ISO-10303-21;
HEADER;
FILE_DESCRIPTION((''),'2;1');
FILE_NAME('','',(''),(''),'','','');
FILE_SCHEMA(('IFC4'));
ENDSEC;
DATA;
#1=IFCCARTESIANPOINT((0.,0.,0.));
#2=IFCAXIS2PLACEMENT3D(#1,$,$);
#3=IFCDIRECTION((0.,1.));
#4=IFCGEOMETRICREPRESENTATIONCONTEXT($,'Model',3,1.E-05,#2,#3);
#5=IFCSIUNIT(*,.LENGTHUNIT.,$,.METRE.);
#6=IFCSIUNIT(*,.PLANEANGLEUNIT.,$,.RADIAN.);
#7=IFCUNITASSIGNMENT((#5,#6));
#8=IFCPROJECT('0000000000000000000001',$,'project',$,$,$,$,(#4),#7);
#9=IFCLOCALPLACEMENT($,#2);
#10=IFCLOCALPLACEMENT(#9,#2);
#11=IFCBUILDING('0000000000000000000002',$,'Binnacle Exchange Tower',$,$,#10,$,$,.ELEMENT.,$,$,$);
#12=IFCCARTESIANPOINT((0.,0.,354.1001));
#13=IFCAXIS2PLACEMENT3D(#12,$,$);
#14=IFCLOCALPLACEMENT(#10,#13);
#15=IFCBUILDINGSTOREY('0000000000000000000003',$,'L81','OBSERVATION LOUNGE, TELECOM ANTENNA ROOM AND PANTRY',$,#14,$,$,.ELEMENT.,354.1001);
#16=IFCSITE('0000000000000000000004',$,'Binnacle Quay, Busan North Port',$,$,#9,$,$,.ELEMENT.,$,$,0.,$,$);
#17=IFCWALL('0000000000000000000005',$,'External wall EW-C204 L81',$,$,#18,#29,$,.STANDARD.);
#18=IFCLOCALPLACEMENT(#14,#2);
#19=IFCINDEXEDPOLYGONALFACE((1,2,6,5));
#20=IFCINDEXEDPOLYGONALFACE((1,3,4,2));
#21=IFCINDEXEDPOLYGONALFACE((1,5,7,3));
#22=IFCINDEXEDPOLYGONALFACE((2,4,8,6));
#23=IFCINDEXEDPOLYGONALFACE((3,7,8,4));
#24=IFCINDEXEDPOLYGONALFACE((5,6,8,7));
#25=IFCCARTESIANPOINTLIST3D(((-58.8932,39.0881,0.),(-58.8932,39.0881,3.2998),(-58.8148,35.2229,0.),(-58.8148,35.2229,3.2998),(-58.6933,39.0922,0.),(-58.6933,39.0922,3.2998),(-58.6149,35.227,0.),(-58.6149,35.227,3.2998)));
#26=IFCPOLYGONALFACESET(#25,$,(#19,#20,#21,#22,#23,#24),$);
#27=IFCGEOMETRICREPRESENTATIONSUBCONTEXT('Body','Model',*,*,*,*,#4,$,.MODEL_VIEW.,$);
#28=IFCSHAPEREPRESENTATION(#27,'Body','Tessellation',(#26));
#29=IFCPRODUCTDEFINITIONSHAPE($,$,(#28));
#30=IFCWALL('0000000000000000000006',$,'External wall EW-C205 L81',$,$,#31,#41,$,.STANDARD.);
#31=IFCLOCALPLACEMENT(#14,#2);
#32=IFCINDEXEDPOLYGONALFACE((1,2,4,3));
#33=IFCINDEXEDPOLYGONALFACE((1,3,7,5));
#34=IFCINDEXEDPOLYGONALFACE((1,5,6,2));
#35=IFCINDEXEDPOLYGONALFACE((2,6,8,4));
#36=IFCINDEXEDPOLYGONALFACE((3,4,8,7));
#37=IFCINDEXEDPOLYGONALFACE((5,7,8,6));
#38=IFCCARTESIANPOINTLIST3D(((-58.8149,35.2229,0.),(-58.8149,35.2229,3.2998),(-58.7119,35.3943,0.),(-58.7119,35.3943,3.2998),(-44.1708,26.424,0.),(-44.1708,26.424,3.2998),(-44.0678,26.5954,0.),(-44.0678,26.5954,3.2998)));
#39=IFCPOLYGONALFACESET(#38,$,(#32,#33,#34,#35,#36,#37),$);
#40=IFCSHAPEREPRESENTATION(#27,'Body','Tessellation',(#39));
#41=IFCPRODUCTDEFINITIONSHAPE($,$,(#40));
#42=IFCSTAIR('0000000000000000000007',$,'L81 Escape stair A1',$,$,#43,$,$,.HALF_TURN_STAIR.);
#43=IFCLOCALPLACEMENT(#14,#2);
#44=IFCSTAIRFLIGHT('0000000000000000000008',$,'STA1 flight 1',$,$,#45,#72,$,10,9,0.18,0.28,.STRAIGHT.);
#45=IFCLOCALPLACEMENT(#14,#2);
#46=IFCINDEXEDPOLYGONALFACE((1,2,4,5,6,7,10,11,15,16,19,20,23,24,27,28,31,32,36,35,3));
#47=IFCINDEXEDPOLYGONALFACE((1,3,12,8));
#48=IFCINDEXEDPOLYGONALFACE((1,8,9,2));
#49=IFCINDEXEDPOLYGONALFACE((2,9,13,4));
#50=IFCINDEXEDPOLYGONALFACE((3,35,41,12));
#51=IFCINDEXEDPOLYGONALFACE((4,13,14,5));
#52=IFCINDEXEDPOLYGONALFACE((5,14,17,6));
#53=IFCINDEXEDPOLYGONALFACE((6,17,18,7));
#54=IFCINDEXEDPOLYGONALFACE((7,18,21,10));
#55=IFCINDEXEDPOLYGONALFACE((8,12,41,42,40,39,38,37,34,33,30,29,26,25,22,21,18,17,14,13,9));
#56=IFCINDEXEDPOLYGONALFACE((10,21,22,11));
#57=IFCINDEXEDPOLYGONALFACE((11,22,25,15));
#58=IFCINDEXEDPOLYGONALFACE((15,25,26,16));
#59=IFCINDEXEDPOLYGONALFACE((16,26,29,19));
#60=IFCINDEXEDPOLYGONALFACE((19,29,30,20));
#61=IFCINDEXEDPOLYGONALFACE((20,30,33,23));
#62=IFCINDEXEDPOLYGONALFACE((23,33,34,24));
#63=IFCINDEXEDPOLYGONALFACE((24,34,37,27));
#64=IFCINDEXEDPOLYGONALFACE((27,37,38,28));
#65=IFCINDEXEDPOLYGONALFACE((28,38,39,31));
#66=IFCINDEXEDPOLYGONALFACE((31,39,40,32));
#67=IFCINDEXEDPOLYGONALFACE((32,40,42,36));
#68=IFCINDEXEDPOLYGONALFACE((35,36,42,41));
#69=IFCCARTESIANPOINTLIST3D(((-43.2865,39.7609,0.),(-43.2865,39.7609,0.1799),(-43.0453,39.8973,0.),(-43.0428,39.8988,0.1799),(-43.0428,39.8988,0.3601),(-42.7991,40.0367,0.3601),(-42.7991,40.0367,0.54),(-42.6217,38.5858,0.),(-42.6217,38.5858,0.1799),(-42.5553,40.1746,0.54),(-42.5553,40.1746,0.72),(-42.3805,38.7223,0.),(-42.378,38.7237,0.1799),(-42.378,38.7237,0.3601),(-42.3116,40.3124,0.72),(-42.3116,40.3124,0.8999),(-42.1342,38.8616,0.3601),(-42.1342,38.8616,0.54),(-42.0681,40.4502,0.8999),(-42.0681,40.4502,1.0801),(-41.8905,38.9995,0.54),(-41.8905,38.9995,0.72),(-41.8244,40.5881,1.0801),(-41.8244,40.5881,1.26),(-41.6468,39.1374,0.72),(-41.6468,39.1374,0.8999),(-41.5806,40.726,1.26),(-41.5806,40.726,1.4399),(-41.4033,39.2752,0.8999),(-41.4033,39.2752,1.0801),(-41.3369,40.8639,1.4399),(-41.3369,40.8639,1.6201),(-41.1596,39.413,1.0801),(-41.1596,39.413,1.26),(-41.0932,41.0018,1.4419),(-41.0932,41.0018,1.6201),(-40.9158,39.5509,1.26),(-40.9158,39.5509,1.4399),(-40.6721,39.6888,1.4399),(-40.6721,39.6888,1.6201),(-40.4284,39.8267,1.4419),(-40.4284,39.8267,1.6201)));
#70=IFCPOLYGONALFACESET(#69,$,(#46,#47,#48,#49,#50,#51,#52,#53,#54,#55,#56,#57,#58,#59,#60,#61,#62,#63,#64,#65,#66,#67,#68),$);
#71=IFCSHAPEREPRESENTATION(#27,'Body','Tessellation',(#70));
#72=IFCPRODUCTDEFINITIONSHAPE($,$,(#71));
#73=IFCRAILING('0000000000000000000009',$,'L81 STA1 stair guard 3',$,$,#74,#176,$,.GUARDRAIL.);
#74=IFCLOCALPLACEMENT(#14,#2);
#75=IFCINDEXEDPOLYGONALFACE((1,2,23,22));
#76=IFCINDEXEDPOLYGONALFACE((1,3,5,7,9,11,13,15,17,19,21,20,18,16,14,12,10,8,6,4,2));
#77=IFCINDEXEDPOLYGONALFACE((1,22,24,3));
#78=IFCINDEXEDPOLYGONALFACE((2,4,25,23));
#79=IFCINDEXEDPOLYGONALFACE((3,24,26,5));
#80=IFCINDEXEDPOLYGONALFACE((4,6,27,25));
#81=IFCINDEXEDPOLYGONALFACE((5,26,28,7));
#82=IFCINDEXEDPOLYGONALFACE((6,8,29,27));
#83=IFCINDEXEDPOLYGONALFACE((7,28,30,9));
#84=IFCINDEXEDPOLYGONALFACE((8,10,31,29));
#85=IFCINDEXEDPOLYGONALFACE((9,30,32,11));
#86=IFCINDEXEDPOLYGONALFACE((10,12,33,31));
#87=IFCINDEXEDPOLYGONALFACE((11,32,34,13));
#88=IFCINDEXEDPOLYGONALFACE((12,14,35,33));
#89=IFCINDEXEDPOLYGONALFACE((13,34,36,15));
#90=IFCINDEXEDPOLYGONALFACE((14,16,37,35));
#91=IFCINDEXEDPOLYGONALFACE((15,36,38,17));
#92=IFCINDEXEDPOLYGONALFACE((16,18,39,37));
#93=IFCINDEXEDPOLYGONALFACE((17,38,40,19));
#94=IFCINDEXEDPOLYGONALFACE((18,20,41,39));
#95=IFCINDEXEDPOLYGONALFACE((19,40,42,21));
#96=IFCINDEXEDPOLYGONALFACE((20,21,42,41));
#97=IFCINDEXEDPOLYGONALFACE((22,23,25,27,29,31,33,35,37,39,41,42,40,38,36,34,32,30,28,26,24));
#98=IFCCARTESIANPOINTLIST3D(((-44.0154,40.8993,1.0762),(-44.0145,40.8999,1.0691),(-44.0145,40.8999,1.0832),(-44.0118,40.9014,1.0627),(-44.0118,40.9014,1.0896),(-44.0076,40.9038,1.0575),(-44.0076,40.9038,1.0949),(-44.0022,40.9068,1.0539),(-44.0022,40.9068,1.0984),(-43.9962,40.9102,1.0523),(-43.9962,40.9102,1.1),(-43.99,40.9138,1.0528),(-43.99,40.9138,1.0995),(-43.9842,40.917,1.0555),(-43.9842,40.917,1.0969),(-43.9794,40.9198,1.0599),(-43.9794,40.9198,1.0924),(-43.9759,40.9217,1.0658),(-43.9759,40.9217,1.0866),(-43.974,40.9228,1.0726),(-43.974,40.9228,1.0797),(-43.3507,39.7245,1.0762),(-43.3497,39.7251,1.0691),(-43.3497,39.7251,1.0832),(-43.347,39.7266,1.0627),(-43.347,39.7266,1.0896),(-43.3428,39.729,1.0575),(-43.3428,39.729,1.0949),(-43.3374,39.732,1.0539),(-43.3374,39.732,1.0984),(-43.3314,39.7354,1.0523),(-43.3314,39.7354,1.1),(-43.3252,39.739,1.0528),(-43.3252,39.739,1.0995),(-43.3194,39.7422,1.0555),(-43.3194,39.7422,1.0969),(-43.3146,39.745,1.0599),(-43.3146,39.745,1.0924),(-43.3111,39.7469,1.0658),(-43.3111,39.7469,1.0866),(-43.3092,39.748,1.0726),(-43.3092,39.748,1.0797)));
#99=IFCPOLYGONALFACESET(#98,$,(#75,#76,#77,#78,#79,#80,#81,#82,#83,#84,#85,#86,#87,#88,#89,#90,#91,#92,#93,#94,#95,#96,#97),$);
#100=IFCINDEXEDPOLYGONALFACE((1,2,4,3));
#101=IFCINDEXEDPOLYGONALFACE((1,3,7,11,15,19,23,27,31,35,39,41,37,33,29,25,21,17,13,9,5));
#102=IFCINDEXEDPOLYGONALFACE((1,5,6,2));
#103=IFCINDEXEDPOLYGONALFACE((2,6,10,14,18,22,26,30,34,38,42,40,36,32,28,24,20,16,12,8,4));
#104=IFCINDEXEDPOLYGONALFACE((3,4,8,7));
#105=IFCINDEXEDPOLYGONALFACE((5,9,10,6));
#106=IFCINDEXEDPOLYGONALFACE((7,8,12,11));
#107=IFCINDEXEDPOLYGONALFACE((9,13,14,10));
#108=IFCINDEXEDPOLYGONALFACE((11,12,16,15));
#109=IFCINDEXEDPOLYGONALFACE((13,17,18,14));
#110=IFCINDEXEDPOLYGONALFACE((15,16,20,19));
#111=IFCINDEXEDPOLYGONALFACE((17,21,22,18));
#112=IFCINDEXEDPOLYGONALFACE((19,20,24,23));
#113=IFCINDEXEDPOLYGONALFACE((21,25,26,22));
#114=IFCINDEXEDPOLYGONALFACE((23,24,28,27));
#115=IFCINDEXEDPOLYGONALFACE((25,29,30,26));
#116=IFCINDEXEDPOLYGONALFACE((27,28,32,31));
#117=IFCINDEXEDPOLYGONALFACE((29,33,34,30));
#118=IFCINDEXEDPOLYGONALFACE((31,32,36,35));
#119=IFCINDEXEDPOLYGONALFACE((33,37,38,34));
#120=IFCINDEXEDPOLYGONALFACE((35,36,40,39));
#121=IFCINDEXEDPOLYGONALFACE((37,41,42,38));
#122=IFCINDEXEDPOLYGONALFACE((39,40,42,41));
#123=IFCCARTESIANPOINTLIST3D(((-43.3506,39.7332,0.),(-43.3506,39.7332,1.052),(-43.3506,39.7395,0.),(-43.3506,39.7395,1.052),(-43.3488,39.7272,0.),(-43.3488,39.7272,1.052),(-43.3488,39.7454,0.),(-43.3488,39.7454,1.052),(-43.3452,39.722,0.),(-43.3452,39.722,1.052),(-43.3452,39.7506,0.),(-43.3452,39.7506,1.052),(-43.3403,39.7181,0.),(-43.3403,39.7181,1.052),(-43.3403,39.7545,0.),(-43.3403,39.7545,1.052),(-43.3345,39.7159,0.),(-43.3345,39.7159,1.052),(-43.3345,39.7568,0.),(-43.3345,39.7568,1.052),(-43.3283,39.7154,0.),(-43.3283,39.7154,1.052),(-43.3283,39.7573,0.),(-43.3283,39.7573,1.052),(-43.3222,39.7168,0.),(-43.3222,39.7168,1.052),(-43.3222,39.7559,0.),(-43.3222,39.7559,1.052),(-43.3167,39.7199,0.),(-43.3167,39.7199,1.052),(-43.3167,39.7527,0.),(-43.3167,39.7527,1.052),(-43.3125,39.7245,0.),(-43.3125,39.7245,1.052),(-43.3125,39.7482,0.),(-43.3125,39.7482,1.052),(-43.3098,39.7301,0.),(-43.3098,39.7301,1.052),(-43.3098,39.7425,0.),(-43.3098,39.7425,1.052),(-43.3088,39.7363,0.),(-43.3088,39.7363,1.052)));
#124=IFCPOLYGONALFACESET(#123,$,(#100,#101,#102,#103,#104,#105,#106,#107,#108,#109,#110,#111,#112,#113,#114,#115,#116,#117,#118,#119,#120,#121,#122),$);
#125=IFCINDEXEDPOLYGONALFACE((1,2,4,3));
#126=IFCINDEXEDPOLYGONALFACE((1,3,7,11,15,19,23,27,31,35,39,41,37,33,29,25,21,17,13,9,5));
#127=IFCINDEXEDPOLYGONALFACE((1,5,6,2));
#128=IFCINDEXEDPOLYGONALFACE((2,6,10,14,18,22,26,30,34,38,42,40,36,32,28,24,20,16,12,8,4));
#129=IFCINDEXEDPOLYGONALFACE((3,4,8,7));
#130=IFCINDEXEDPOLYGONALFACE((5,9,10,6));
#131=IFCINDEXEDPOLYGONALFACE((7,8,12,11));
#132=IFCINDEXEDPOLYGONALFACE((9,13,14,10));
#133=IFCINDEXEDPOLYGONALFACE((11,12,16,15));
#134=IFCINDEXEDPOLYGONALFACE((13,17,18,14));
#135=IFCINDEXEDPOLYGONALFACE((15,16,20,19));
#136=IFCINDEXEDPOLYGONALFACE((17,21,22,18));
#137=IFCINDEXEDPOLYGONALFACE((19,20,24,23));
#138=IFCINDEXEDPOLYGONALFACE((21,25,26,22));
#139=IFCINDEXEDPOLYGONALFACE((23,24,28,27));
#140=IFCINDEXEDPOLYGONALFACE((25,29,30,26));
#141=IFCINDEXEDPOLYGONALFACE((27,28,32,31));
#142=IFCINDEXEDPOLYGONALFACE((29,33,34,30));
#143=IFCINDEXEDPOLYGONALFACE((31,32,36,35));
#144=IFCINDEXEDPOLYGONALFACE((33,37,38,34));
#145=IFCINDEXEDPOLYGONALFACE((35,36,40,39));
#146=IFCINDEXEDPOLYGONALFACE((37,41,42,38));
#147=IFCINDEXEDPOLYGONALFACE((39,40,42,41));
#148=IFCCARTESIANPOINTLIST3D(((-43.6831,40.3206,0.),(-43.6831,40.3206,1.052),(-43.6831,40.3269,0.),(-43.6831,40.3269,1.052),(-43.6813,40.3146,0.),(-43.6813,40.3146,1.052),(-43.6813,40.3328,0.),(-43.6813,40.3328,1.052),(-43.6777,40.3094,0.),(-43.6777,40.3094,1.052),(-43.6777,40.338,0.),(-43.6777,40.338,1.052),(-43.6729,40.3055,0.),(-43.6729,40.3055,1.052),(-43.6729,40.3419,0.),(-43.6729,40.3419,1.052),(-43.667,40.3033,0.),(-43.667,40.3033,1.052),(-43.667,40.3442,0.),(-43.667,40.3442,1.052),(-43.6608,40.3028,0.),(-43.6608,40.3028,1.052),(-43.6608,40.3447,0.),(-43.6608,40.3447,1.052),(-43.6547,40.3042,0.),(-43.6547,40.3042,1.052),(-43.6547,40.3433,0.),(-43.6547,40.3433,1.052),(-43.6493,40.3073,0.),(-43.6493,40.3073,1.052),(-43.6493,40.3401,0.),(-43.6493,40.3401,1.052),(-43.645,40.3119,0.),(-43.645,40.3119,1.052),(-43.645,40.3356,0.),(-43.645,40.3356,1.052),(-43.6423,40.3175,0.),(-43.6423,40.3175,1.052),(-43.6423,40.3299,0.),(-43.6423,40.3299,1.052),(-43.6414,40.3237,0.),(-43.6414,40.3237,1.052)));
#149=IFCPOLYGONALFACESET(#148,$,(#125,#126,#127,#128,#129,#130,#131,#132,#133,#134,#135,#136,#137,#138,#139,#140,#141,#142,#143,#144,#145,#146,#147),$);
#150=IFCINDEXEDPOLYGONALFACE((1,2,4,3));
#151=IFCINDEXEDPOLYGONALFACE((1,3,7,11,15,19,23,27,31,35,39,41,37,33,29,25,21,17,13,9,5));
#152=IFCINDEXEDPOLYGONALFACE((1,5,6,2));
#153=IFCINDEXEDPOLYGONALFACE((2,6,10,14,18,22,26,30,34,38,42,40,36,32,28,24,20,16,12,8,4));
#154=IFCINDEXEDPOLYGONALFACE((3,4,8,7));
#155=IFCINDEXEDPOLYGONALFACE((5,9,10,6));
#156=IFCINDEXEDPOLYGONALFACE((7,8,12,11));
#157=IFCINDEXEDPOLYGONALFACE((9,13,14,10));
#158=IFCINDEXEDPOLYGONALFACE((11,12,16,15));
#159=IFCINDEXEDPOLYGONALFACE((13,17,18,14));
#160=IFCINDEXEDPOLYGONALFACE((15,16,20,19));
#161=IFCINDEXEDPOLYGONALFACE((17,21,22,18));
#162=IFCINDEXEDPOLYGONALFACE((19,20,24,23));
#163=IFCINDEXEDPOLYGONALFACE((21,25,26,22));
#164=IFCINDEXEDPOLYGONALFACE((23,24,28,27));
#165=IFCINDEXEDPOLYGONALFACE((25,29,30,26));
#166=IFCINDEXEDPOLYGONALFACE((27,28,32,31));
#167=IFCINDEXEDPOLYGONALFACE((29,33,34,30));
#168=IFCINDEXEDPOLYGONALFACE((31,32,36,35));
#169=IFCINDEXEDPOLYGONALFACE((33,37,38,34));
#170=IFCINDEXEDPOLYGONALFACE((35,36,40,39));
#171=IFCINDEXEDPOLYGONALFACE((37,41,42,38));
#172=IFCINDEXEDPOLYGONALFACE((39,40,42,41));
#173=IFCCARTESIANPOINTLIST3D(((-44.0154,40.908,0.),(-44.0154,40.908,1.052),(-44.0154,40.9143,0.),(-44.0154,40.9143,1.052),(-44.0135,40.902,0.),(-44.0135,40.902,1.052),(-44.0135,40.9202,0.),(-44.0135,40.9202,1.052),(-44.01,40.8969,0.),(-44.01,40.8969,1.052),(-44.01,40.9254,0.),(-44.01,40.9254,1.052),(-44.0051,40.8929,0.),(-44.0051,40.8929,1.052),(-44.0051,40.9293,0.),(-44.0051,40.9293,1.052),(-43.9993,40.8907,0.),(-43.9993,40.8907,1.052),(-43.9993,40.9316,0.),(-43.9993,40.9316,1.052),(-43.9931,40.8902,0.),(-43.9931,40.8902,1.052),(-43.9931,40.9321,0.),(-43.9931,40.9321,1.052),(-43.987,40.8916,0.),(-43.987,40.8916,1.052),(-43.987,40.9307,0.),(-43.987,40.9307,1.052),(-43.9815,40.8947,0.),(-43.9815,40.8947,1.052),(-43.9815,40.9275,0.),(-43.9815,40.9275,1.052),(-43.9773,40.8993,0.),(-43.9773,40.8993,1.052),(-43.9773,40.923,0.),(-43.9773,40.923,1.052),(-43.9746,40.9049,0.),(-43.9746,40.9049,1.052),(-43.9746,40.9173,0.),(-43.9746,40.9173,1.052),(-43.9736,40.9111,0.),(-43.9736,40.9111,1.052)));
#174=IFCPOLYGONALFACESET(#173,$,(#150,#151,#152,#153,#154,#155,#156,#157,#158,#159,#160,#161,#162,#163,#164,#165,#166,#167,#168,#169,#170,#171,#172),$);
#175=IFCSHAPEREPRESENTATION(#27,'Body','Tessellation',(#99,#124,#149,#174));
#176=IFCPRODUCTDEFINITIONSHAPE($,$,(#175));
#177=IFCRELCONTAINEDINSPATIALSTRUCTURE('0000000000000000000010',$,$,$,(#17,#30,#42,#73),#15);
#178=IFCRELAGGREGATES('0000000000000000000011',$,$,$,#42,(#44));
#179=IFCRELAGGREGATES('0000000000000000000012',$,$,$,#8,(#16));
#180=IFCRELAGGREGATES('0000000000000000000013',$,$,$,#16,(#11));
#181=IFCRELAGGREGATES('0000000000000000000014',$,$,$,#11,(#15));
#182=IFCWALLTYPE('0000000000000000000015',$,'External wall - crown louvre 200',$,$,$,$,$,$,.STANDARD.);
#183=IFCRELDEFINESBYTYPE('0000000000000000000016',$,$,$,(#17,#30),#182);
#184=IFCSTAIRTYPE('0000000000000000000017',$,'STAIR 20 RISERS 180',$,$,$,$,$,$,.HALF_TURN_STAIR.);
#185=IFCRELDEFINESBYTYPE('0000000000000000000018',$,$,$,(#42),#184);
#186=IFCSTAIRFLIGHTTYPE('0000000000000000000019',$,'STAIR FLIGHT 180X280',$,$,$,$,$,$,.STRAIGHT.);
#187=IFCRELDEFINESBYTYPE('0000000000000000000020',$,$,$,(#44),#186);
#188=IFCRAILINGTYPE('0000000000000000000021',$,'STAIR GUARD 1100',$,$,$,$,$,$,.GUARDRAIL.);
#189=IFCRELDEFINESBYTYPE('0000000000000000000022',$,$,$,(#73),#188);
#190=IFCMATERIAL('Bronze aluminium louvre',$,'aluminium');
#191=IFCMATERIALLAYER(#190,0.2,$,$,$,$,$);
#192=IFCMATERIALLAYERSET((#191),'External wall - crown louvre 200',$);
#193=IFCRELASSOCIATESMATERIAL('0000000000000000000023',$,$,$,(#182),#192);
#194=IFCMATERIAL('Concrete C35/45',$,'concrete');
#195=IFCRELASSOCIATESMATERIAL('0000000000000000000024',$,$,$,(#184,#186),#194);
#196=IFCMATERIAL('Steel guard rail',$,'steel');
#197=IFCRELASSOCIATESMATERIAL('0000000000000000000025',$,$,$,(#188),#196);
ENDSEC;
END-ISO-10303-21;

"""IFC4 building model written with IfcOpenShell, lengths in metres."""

from ifc_helpers import new_model, si_unit, direction, frame, frame_2d, origin, origin_2d, place, context, subcontext, project, spatial, polyline, rectangle, circle, outline, extrude, material, layer, layer_set, type_object, element, aggregate, save


model = new_model("IFC4")

# Units and contexts
model_context = context("Model", 3, precision=1e-05, world=origin(), true_north=direction((0.0, 1.0)))
body_context = subcontext(model_context, "Body", "Model", "MODEL_VIEW")
ifc_project = project(units=[si_unit("LENGTHUNIT", "METRE"), si_unit("PLANEANGLEUNIT", "RADIAN")], contexts=[model_context])

# Site, building, storey
site_placement = place(None, origin())
site = spatial("IfcSite", under=ifc_project, at=site_placement, Name="Binnacle Quay, Busan North Port", CompositionType="ELEMENT", RefElevation=0.0)
building_placement = place(site_placement, origin())
building = spatial("IfcBuilding", under=site, at=building_placement, Name="Binnacle Exchange Tower", CompositionType="ELEMENT")
storey_placement = place(building_placement, frame((0.0, 0.0, 354.1001)))
storey = spatial("IfcBuildingStorey", under=building, at=storey_placement, Name="L81", Description="OBSERVATION LOUNGE, TELECOM ANTENNA ROOM AND PANTRY", CompositionType="ELEMENT", Elevation=354.1001)

# Walls
ifc_material_1 = material(Name="Bronze aluminium louvre", Category="aluminium")
ifc_layer_1 = layer(ifc_material_1, 0.2)
ifc_layer_set_1 = layer_set([ifc_layer_1], Name="External wall - crown louvre 200")
wall_type_1 = type_object("IfcWallType", Name="External wall - crown louvre 200", PredefinedType="STANDARD", material=ifc_layer_set_1)
wall_1_placement = place(storey_placement, frame((-58.7148, 35.2249, 0.0), z_axis=(0.0, 0.0, 1.0), x_axis=(-0.020271, 0.999795, 0.0)))
element("IfcWall", 1, at=wall_1_placement, inside=storey, type_object=wall_type_1, Name="External wall EW-C204 L81", PredefinedType="STANDARD", context=body_context, shape_type="SweptSolid", body=[
    extrude(rectangle(XDim=3.866, YDim=0.2, at=frame_2d((1.9331, 0.0))), origin(), (0.0, 0.0, 1.0), 3.2998),
])
wall_2_placement = place(storey_placement, frame((-44.1194, 26.5098, 0.0), z_axis=(0.0, 0.0, 1.0), x_axis=(-0.857172, 0.515029, 0.0)))
element("IfcWall", 2, at=wall_2_placement, inside=storey, type_object=wall_type_1, Name="External wall EW-C205 L81", PredefinedType="STANDARD", context=body_context, shape_type="SweptSolid", body=[
    extrude(rectangle(XDim=17.0842, YDim=0.2, at=frame_2d((8.542, 0.0))), origin(), (0.0, 0.0, 1.0), 3.2998),
])

# Stair, stair flight
ifc_material_2 = material(Name="Concrete C35/45", Category="concrete")
stair_type = type_object("IfcStairType", Name="STAIR 20 RISERS 180", PredefinedType="HALF_TURN_STAIR", material=ifc_material_2)
stair_placement = place(storey_placement, origin())
stair = element("IfcStair", 3, at=stair_placement, inside=storey, type_object=stair_type, Name="L81 Escape stair A1", PredefinedType="HALF_TURN_STAIR")
stair_flight_type = type_object("IfcStairFlightType", Name="STAIR FLIGHT 180X280", PredefinedType="STRAIGHT", material=ifc_material_2)
stair_flight_placement = place(storey_placement, frame((-42.9541, 39.1733, 0.0), z_axis=(0.0, 0.0, 1.0), x_axis=(0.870356, 0.492424, 0.0)))
stair_flight = element("IfcStairFlight", 4, at=stair_flight_placement, type_object=stair_flight_type, Name="STA1 flight 1", NumberOfRisers=10, NumberOfTreads=9, PredefinedType="STRAIGHT", RiserHeight=0.18, TreadLength=0.28, context=body_context, shape_type="SweptSolid", body=[
    extrude(outline(polyline([(0.0, 0.0), (0.0, 0.1799), (0.28, 0.1799), (0.28, 0.3601), (0.5601, 0.3601), (0.5601, 0.54), (0.8401, 0.54), (0.8401, 0.72), (1.1201, 0.72), (1.1201, 0.8999), (1.3999, 0.8999), (1.3999, 1.0801), (1.6799, 1.0801), (1.6799, 1.26), (1.96, 1.26), (1.96, 1.4399), (2.24, 1.4399), (2.24, 1.6201), (2.52, 1.6201), (2.52, 1.8), (2.52, 1.4419), (0.2771, 0.0), (0.0, 0.0)])), frame((0.0, 0.675, 0.0), z_axis=(0.0, -1.0, 0.0), x_axis=(1.0, 0.0, 0.0)), (0.0, 0.0, 1.0), 1.3501),
])
aggregate(stair, [stair_flight])

# Railing
ifc_material_3 = material(Name="Steel guard rail", Category="steel")
railing_type_1 = type_object("IfcRailingType", Name="STAIR GUARD 1100", PredefinedType="GUARDRAIL", material=ifc_material_3)
railing_1_placement = place(storey_placement, frame((-43.3298, 39.7363, 0.0)))
element("IfcRailing", 5, at=railing_1_placement, inside=storey, type_object=railing_type_1, Name="L81 STA1 stair guard 3", PredefinedType="GUARDRAIL", context=body_context, shape_type="SweptSolid", body=[
    extrude(circle(Radius=0.0239, at=origin_2d()), frame((0.0, 0.0, 1.0762), z_axis=(-0.492492, 0.870317, 0.0), x_axis=(-0.870317, -0.492492, 0.0)), (0.0, 0.0, 1.0), 1.3499),
    extrude(circle(Radius=0.021, at=origin_2d()), origin(), (0.0, 0.0, 1.0), 1.052),
    extrude(circle(Radius=0.021, at=origin_2d()), frame((-0.3325, 0.5874, 0.0)), (0.0, 0.0, 1.0), 1.052),
    extrude(circle(Radius=0.021, at=origin_2d()), frame((-0.6648, 1.1748, 0.0)), (0.0, 0.0, 1.0), 1.052),
])

save(model, "model.ifc")
